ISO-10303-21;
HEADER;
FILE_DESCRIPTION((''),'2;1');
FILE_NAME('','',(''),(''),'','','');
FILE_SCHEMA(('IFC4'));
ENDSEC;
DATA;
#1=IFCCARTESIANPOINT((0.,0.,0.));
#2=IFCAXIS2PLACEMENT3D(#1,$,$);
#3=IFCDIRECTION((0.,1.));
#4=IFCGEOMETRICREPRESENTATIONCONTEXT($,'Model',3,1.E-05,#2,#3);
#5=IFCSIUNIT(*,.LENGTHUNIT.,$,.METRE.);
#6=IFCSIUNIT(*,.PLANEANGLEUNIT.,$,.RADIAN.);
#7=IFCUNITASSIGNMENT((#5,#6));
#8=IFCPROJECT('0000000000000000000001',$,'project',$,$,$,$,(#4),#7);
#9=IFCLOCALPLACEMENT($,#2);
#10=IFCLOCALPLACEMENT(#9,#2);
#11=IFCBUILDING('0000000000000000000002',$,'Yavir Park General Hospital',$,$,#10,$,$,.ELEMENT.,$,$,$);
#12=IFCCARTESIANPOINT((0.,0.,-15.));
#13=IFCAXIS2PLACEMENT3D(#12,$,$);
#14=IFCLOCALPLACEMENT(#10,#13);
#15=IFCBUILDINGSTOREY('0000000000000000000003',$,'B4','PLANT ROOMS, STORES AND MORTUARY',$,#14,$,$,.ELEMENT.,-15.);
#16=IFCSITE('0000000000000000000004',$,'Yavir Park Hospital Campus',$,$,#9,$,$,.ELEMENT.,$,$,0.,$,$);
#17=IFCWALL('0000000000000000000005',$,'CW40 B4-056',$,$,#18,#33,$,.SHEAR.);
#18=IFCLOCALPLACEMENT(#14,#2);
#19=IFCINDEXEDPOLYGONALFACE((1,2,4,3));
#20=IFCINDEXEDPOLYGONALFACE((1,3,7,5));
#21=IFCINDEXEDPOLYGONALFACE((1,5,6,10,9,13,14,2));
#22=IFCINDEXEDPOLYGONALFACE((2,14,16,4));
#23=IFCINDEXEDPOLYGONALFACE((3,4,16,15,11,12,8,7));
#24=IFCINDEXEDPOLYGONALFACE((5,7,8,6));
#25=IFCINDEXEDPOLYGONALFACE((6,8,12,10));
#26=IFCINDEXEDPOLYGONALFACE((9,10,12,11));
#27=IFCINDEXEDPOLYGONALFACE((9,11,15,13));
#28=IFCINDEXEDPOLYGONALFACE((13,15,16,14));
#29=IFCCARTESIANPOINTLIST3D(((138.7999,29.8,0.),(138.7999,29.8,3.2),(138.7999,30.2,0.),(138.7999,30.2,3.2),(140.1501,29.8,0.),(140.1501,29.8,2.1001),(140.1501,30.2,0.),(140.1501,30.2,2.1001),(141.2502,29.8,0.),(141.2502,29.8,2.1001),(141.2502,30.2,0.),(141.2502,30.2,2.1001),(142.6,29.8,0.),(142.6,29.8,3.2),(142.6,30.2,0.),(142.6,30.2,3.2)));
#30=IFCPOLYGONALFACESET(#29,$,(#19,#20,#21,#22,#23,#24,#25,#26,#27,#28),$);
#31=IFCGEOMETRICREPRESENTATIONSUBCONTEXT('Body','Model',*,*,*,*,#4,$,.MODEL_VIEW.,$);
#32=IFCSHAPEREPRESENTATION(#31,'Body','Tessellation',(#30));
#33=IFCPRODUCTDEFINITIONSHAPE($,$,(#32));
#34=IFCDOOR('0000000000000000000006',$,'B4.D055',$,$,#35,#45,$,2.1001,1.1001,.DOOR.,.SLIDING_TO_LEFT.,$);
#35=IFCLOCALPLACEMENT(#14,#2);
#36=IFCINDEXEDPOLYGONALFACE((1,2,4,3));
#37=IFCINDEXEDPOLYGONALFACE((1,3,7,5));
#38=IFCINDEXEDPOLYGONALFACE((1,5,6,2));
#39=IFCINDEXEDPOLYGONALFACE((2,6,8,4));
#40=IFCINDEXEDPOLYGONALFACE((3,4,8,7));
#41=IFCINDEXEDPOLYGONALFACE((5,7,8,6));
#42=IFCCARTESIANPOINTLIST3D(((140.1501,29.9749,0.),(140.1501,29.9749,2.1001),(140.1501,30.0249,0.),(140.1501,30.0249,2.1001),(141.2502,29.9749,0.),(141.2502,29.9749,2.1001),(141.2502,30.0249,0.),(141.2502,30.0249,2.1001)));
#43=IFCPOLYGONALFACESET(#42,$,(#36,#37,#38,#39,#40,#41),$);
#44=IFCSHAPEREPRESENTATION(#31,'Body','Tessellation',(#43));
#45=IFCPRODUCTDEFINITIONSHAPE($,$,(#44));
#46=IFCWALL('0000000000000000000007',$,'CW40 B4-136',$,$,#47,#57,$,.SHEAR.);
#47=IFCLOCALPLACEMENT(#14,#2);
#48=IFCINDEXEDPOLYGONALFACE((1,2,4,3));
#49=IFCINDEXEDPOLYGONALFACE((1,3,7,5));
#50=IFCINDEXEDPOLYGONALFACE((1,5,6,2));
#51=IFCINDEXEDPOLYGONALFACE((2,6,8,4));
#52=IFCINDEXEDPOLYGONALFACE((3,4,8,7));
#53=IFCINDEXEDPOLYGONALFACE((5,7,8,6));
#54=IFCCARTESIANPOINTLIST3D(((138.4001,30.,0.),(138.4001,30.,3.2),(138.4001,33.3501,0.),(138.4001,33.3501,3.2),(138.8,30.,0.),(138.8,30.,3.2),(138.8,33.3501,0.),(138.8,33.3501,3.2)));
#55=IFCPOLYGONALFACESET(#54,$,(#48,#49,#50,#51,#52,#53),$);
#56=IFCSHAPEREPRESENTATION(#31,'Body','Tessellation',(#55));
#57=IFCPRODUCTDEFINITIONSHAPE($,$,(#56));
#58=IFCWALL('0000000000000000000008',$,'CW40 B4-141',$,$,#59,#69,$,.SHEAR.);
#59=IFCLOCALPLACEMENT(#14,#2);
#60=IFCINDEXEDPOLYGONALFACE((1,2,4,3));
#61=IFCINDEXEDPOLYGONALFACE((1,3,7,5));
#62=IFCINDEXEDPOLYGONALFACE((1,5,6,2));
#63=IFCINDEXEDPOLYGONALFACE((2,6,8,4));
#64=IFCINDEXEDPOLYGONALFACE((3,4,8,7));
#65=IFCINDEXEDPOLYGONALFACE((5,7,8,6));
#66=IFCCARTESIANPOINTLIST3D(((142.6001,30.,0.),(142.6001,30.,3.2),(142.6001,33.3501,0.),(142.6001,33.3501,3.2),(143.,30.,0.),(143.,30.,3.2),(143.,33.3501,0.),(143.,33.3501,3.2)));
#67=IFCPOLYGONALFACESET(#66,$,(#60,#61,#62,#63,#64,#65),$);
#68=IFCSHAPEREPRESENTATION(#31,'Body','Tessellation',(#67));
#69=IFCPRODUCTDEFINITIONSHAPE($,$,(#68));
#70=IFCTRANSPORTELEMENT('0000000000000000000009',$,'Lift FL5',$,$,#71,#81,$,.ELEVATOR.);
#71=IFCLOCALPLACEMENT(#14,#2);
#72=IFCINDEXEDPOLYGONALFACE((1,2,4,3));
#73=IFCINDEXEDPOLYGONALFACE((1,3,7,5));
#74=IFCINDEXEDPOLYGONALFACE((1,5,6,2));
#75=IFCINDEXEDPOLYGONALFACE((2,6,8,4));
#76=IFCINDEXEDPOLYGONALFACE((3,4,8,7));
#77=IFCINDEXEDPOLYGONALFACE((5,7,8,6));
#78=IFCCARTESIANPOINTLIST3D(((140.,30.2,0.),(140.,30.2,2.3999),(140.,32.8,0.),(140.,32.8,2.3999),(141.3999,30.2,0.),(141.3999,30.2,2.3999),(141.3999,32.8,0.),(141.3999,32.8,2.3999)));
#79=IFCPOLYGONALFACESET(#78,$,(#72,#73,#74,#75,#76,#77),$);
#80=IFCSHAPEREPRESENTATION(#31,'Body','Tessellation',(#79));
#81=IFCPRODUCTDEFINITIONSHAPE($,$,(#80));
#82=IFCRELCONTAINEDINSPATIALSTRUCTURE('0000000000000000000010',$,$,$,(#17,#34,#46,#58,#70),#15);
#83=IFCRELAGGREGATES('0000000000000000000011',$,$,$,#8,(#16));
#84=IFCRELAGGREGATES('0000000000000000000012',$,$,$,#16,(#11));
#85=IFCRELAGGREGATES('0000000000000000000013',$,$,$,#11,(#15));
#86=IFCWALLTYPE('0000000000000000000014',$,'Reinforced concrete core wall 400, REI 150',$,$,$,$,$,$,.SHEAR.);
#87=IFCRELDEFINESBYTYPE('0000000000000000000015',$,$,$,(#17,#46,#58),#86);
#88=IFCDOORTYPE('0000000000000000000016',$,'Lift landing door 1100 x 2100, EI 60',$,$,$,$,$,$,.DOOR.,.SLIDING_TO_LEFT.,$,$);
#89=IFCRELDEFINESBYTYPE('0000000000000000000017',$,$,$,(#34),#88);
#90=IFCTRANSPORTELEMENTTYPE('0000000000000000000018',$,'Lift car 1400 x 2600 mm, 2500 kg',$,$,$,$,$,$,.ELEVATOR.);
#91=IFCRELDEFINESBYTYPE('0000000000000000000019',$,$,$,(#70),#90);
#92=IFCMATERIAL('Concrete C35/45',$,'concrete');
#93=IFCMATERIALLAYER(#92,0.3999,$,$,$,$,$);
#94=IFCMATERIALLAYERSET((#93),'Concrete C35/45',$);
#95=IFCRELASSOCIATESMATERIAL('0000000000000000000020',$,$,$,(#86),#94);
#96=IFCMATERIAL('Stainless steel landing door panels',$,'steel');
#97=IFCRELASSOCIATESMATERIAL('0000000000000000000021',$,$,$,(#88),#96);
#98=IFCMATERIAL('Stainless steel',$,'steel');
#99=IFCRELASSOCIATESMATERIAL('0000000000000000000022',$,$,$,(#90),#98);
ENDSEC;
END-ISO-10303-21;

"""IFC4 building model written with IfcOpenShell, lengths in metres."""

from ifc_helpers import new_model, si_unit, direction, frame, frame_2d, origin, origin_2d, place, context, subcontext, project, spatial, rectangle, extrude, material, layer, layer_set, type_object, element, fill, save


model = new_model("IFC4")

# Units and contexts
model_context = context("Model", 3, precision=1e-05, world=origin(), true_north=direction((0.0, 1.0)))
body_context = subcontext(model_context, "Body", "Model", "MODEL_VIEW")
ifc_project = project(units=[si_unit("LENGTHUNIT", "METRE"), si_unit("PLANEANGLEUNIT", "RADIAN")], contexts=[model_context])

# Site, building, storey
site_placement = place(None, origin())
site = spatial("IfcSite", under=ifc_project, at=site_placement, Name="Yavir Park Hospital Campus", CompositionType="ELEMENT", RefElevation=0.0)
building_placement = place(site_placement, origin())
building = spatial("IfcBuilding", under=site, at=building_placement, Name="Yavir Park General Hospital", CompositionType="ELEMENT")
storey_placement = place(building_placement, frame((0.0, 0.0, -15.0)))
storey = spatial("IfcBuildingStorey", under=building, at=storey_placement, Name="B4", Description="PLANT ROOMS, STORES AND MORTUARY", CompositionType="ELEMENT", Elevation=-15.0)

# Wall, opening, door
ifc_material_1 = material(Name="Concrete C35/45", Category="concrete")
ifc_layer_1 = layer(ifc_material_1, 0.3999)
ifc_layer_set_1 = layer_set([ifc_layer_1], Name="Concrete C35/45")
wall_type_1 = type_object("IfcWallType", Name="Reinforced concrete core wall 400, REI 150", PredefinedType="SHEAR", material=ifc_layer_set_1)
wall_1_placement = place(storey_placement, frame((138.8, 30.0, 0.0), z_axis=(0.0, 0.0, 1.0), x_axis=(1.0, 0.0, 0.0)))
wall_1 = element("IfcWall", 1, at=wall_1_placement, inside=storey, type_object=wall_type_1, Name="CW40 B4-056", PredefinedType="SHEAR", context=body_context, shape_type="SweptSolid", body=[
    extrude(rectangle(XDim=3.8, YDim=0.3999, at=frame_2d((1.8999, 0.0))), origin(), (0.0, 0.0, 1.0), 3.2),
])
opening_1_placement = place(wall_1_placement, frame((1.3501, 0.0, 0.0)))
opening_1 = element("IfcOpeningElement", 2, at=opening_1_placement, cuts=wall_1, PredefinedType="OPENING", context=body_context, shape_type="SweptSolid", body=[
    extrude(rectangle(XDim=1.1001, YDim=2.1001, at=frame_2d((0.55, 1.05))), frame((0.0, 0.21, 0.0), z_axis=(0.0, -1.0, 0.0), x_axis=(1.0, 0.0, 0.0)), (0.0, 0.0, 1.0), 0.4199),
])
ifc_material_2 = material(Name="Stainless steel landing door panels", Category="steel")
door_type_1 = type_object("IfcDoorType", Name="Lift landing door 1100 x 2100, EI 60", OperationType="SLIDING_TO_LEFT", PredefinedType="DOOR", material=ifc_material_2)
door_1_placement = place(opening_1_placement, origin())
door_1 = element("IfcDoor", 3, at=door_1_placement, inside=storey, type_object=door_type_1, Name="B4.D055", OperationType="SLIDING_TO_LEFT", OverallHeight=2.1001, OverallWidth=1.1001, PredefinedType="DOOR", context=body_context, shape_type="SweptSolid", body=[
    extrude(rectangle(XDim=1.1001, YDim=2.1001, at=frame_2d((0.55, 1.05))), frame((0.0, 0.0249, 0.0), z_axis=(0.0, -1.0, 0.0), x_axis=(1.0, 0.0, 0.0)), (0.0, 0.0, 1.0), 0.05),
])
fill(opening_1, door_1)

# Walls
for number, where, z_axis, x_axis, name in (
    (4, (138.6001, 30.0, 0.0), (0.0, 0.0, 1.0), (0.0, 1.0, 0.0), "CW40 B4-136"),
    (5, (142.8, 30.0, 0.0), (0.0, 0.0, 1.0), (0.0, 1.0, 0.0), "CW40 B4-141"),
):
    element("IfcWall", number, at=place(storey_placement, frame(where, z_axis=z_axis, x_axis=x_axis)), inside=storey, type_object=wall_type_1, Name=name, PredefinedType="SHEAR", context=body_context, shape_type="SweptSolid", body=[
        extrude(rectangle(XDim=3.3501, YDim=0.3999, at=frame_2d((1.675, 0.0))), origin(), (0.0, 0.0, 1.0), 3.2),
    ])

# Transport element
ifc_material_3 = material(Name="Stainless steel", Category="steel")
transport_element_type = type_object("IfcTransportElementType", Name="Lift car 1400 x 2600 mm, 2500 kg", PredefinedType="ELEVATOR", material=ifc_material_3)
transport_element_placement = place(storey_placement, frame((140.7, 31.5, 0.0), z_axis=(0.0, 0.0, 1.0), x_axis=(1.0, 0.0, 0.0)))
element("IfcTransportElement", 6, at=transport_element_placement, inside=storey, type_object=transport_element_type, Name="Lift FL5", PredefinedType="ELEVATOR", context=body_context, shape_type="SweptSolid", body=[
    extrude(rectangle(XDim=1.3999, YDim=2.6001, at=origin_2d()), origin(), (0.0, 0.0, 1.0), 2.3999),
])

save(model, "model.ifc")
